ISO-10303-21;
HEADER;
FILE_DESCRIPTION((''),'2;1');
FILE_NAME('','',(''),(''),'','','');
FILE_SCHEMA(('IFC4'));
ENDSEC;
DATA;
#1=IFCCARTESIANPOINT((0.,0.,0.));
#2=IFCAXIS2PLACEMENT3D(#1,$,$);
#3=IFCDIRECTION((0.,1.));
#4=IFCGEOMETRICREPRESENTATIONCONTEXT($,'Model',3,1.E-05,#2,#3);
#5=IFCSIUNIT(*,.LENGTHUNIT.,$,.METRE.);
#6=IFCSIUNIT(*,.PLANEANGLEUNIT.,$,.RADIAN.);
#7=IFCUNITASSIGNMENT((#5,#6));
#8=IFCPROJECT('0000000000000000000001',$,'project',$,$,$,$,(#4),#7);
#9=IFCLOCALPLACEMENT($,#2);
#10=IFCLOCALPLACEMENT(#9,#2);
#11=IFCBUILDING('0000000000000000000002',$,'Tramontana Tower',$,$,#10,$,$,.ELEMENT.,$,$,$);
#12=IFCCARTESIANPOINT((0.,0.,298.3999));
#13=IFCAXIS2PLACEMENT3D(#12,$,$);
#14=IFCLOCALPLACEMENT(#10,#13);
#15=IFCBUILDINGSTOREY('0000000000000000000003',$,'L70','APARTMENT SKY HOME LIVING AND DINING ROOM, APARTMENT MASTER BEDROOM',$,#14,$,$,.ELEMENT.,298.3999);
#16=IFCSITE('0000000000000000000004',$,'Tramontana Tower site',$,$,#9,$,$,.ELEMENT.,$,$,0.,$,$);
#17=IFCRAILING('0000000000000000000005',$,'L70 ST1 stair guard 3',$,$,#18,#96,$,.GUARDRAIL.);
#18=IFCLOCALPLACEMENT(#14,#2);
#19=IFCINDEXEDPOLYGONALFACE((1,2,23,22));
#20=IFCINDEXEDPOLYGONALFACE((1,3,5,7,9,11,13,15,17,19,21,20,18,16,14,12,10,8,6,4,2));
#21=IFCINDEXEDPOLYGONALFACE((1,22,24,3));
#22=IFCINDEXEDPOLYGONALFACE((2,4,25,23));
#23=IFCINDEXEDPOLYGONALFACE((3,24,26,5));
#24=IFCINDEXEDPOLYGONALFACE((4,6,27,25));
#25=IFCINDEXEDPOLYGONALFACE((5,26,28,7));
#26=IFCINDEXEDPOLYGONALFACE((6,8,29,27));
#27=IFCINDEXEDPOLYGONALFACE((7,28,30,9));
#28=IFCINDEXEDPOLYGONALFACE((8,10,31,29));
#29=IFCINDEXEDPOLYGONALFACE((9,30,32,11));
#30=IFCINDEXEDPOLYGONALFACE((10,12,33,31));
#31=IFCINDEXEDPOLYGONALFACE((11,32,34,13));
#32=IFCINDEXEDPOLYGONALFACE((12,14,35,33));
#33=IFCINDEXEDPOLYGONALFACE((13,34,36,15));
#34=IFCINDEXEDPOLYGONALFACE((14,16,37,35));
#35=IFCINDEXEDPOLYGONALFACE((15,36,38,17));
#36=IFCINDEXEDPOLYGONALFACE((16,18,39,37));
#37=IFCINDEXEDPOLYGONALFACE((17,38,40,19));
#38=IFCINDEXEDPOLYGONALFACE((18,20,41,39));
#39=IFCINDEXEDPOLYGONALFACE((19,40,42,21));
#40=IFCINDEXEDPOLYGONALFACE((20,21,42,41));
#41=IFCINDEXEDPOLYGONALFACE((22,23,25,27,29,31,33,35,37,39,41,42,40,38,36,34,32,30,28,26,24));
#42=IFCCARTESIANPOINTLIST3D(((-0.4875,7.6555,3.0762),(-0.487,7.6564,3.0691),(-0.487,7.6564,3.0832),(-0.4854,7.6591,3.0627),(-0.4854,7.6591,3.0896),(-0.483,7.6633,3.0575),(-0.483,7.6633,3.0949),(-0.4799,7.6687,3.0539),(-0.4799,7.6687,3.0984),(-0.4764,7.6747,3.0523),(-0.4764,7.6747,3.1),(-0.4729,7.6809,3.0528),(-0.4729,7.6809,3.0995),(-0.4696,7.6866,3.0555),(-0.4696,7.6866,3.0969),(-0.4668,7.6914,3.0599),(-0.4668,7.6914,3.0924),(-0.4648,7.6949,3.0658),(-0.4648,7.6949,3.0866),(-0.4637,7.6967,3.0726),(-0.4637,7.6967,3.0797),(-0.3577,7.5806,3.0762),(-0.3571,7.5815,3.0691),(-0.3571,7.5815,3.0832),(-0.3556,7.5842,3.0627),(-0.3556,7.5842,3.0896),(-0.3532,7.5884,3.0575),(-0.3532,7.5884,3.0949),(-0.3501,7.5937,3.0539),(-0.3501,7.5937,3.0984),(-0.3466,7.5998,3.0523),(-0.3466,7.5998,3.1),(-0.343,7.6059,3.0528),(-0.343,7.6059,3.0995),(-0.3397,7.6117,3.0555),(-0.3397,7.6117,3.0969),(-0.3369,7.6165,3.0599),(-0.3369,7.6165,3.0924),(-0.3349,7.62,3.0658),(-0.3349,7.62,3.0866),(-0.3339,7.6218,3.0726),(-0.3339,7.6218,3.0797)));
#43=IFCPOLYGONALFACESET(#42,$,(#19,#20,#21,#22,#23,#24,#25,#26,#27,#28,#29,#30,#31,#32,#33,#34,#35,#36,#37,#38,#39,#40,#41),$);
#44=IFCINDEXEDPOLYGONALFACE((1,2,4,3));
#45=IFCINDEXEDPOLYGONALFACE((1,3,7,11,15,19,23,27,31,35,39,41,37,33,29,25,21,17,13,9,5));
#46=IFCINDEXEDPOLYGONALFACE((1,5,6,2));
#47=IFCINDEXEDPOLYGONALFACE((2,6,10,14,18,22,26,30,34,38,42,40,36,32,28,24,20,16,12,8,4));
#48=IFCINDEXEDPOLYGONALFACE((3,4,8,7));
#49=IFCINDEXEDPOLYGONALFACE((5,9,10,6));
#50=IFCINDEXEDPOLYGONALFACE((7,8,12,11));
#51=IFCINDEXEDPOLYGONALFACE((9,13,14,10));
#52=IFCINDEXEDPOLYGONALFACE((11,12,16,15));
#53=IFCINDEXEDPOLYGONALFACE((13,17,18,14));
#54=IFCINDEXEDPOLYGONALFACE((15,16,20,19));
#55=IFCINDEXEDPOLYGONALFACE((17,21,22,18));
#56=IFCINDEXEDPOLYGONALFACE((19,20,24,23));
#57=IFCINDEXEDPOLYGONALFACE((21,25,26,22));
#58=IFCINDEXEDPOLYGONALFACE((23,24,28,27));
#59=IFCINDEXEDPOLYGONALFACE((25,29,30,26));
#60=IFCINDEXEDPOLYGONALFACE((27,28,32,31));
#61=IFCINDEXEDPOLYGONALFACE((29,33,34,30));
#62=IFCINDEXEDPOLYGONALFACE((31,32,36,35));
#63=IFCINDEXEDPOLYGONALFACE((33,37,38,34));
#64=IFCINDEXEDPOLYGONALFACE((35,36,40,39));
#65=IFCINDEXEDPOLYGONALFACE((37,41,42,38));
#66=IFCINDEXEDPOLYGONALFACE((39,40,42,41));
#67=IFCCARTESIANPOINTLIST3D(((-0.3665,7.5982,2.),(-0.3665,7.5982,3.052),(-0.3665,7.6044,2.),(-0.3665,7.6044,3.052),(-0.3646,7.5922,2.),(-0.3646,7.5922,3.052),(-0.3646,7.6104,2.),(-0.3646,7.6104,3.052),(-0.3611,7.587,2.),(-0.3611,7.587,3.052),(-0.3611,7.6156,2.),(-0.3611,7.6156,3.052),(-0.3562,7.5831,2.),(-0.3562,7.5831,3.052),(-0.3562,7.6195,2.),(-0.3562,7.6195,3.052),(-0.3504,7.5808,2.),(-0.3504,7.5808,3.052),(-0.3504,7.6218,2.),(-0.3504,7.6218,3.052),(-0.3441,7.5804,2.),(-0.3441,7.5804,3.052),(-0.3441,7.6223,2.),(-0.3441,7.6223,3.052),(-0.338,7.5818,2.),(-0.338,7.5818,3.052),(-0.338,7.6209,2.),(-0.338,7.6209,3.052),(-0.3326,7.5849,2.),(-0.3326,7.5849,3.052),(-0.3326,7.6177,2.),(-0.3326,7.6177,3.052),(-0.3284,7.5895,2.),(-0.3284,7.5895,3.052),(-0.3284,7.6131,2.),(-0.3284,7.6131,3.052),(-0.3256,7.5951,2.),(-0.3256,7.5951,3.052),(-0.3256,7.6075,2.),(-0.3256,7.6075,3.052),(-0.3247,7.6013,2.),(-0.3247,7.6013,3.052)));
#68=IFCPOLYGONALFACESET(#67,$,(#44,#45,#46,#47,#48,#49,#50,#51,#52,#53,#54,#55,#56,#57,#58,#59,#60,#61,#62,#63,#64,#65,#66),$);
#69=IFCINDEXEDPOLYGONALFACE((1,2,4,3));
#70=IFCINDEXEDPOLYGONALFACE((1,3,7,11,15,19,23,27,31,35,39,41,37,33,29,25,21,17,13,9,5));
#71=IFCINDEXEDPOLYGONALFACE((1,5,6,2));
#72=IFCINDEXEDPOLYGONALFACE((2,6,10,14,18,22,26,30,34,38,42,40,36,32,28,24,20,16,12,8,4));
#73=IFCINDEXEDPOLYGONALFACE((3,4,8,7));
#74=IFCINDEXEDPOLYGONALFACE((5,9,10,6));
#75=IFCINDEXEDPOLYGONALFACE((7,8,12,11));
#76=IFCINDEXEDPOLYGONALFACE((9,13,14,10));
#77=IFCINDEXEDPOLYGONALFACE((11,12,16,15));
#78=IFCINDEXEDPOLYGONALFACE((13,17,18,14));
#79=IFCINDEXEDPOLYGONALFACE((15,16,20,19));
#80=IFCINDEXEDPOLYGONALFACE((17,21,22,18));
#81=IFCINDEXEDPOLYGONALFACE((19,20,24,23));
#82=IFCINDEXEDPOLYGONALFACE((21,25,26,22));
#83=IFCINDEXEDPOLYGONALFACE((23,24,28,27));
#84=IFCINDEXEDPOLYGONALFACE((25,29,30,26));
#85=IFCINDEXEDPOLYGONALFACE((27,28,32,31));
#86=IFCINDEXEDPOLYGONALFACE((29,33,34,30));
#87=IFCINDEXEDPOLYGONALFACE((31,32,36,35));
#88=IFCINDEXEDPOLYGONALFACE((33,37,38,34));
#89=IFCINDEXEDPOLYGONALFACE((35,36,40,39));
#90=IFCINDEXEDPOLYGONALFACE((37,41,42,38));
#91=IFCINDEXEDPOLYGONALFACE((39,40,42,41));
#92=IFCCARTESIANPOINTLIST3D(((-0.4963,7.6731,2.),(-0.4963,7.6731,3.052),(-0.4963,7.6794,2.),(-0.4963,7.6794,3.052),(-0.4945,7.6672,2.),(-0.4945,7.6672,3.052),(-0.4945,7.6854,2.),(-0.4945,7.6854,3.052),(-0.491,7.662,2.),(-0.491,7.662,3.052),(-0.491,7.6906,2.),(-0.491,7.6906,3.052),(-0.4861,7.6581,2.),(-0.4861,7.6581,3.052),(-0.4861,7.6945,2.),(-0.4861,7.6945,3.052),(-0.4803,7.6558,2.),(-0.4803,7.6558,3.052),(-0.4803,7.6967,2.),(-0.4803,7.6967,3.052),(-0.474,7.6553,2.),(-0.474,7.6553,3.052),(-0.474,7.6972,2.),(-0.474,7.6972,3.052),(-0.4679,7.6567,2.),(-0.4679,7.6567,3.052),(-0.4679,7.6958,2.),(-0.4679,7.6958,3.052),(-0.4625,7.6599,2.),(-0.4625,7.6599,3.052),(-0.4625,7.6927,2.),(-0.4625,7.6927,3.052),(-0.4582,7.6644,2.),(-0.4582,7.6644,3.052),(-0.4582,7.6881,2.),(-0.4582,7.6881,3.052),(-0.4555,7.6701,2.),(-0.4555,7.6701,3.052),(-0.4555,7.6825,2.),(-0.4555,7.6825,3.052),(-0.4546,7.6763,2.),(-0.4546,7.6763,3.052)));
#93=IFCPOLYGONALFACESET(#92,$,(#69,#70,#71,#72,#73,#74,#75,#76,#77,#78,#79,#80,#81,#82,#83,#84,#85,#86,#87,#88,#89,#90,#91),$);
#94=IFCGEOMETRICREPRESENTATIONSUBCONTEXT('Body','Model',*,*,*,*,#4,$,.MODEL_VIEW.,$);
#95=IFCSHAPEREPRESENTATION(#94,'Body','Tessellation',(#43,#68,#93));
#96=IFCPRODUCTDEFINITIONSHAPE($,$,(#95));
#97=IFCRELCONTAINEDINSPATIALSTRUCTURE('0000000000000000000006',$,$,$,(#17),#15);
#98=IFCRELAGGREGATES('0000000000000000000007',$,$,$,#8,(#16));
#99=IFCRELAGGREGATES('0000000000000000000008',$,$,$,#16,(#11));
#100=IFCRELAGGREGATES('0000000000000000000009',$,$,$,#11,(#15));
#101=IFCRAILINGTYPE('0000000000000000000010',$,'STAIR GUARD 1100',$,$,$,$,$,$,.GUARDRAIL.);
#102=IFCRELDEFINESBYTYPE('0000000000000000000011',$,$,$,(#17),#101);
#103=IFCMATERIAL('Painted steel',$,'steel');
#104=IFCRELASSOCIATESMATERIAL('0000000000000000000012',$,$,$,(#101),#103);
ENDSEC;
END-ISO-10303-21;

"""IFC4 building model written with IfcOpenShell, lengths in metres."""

from ifc_helpers import new_model, si_unit, direction, frame, origin, origin_2d, place, context, subcontext, project, spatial, circle, extrude, material, type_object, element, save


model = new_model("IFC4")

# Units and contexts
model_context = context("Model", 3, precision=1e-05, world=origin(), true_north=direction((0.0, 1.0)))
body_context = subcontext(model_context, "Body", "Model", "MODEL_VIEW")
ifc_project = project(units=[si_unit("LENGTHUNIT", "METRE"), si_unit("PLANEANGLEUNIT", "RADIAN")], contexts=[model_context])

# Site, building, storey
site_placement = place(None, origin())
site = spatial("IfcSite", under=ifc_project, at=site_placement, Name="Tramontana Tower site", CompositionType="ELEMENT", RefElevation=0.0)
building_placement = place(site_placement, origin())
building = spatial("IfcBuilding", under=site, at=building_placement, Name="Tramontana Tower", CompositionType="ELEMENT")
storey_placement = place(building_placement, frame((0.0, 0.0, 298.3999)))
storey = spatial("IfcBuildingStorey", under=building, at=storey_placement, Name="L70", Description="APARTMENT SKY HOME LIVING AND DINING ROOM, APARTMENT MASTER BEDROOM", CompositionType="ELEMENT", Elevation=298.3999)

# Railing
ifc_material_1 = material(Name="Painted steel", Category="steel")
railing_type_1 = type_object("IfcRailingType", Name="STAIR GUARD 1100", PredefinedType="GUARDRAIL", material=ifc_material_1)
railing_1_placement = place(storey_placement, frame((-0.3457, 7.6013, 2.0)))
element("IfcRailing", 1, at=railing_1_placement, inside=storey, type_object=railing_type_1, Name="L70 ST1 stair guard 3", PredefinedType="GUARDRAIL", context=body_context, shape_type="SweptSolid", body=[
    extrude(circle(Radius=0.0239, at=origin_2d()), frame((0.0, 0.0, 1.0762), z_axis=(-0.866131, 0.499816, 0.0), x_axis=(-0.499816, -0.866131, 0.0)), (0.0, 0.0, 1.0), 0.1499),
    extrude(circle(Radius=0.021, at=origin_2d()), origin(), (0.0, 0.0, 1.0), 1.052),
    extrude(circle(Radius=0.021, at=origin_2d()), frame((-0.1299, 0.075, 0.0)), (0.0, 0.0, 1.0), 1.052),
])

save(model, "model.ifc")
